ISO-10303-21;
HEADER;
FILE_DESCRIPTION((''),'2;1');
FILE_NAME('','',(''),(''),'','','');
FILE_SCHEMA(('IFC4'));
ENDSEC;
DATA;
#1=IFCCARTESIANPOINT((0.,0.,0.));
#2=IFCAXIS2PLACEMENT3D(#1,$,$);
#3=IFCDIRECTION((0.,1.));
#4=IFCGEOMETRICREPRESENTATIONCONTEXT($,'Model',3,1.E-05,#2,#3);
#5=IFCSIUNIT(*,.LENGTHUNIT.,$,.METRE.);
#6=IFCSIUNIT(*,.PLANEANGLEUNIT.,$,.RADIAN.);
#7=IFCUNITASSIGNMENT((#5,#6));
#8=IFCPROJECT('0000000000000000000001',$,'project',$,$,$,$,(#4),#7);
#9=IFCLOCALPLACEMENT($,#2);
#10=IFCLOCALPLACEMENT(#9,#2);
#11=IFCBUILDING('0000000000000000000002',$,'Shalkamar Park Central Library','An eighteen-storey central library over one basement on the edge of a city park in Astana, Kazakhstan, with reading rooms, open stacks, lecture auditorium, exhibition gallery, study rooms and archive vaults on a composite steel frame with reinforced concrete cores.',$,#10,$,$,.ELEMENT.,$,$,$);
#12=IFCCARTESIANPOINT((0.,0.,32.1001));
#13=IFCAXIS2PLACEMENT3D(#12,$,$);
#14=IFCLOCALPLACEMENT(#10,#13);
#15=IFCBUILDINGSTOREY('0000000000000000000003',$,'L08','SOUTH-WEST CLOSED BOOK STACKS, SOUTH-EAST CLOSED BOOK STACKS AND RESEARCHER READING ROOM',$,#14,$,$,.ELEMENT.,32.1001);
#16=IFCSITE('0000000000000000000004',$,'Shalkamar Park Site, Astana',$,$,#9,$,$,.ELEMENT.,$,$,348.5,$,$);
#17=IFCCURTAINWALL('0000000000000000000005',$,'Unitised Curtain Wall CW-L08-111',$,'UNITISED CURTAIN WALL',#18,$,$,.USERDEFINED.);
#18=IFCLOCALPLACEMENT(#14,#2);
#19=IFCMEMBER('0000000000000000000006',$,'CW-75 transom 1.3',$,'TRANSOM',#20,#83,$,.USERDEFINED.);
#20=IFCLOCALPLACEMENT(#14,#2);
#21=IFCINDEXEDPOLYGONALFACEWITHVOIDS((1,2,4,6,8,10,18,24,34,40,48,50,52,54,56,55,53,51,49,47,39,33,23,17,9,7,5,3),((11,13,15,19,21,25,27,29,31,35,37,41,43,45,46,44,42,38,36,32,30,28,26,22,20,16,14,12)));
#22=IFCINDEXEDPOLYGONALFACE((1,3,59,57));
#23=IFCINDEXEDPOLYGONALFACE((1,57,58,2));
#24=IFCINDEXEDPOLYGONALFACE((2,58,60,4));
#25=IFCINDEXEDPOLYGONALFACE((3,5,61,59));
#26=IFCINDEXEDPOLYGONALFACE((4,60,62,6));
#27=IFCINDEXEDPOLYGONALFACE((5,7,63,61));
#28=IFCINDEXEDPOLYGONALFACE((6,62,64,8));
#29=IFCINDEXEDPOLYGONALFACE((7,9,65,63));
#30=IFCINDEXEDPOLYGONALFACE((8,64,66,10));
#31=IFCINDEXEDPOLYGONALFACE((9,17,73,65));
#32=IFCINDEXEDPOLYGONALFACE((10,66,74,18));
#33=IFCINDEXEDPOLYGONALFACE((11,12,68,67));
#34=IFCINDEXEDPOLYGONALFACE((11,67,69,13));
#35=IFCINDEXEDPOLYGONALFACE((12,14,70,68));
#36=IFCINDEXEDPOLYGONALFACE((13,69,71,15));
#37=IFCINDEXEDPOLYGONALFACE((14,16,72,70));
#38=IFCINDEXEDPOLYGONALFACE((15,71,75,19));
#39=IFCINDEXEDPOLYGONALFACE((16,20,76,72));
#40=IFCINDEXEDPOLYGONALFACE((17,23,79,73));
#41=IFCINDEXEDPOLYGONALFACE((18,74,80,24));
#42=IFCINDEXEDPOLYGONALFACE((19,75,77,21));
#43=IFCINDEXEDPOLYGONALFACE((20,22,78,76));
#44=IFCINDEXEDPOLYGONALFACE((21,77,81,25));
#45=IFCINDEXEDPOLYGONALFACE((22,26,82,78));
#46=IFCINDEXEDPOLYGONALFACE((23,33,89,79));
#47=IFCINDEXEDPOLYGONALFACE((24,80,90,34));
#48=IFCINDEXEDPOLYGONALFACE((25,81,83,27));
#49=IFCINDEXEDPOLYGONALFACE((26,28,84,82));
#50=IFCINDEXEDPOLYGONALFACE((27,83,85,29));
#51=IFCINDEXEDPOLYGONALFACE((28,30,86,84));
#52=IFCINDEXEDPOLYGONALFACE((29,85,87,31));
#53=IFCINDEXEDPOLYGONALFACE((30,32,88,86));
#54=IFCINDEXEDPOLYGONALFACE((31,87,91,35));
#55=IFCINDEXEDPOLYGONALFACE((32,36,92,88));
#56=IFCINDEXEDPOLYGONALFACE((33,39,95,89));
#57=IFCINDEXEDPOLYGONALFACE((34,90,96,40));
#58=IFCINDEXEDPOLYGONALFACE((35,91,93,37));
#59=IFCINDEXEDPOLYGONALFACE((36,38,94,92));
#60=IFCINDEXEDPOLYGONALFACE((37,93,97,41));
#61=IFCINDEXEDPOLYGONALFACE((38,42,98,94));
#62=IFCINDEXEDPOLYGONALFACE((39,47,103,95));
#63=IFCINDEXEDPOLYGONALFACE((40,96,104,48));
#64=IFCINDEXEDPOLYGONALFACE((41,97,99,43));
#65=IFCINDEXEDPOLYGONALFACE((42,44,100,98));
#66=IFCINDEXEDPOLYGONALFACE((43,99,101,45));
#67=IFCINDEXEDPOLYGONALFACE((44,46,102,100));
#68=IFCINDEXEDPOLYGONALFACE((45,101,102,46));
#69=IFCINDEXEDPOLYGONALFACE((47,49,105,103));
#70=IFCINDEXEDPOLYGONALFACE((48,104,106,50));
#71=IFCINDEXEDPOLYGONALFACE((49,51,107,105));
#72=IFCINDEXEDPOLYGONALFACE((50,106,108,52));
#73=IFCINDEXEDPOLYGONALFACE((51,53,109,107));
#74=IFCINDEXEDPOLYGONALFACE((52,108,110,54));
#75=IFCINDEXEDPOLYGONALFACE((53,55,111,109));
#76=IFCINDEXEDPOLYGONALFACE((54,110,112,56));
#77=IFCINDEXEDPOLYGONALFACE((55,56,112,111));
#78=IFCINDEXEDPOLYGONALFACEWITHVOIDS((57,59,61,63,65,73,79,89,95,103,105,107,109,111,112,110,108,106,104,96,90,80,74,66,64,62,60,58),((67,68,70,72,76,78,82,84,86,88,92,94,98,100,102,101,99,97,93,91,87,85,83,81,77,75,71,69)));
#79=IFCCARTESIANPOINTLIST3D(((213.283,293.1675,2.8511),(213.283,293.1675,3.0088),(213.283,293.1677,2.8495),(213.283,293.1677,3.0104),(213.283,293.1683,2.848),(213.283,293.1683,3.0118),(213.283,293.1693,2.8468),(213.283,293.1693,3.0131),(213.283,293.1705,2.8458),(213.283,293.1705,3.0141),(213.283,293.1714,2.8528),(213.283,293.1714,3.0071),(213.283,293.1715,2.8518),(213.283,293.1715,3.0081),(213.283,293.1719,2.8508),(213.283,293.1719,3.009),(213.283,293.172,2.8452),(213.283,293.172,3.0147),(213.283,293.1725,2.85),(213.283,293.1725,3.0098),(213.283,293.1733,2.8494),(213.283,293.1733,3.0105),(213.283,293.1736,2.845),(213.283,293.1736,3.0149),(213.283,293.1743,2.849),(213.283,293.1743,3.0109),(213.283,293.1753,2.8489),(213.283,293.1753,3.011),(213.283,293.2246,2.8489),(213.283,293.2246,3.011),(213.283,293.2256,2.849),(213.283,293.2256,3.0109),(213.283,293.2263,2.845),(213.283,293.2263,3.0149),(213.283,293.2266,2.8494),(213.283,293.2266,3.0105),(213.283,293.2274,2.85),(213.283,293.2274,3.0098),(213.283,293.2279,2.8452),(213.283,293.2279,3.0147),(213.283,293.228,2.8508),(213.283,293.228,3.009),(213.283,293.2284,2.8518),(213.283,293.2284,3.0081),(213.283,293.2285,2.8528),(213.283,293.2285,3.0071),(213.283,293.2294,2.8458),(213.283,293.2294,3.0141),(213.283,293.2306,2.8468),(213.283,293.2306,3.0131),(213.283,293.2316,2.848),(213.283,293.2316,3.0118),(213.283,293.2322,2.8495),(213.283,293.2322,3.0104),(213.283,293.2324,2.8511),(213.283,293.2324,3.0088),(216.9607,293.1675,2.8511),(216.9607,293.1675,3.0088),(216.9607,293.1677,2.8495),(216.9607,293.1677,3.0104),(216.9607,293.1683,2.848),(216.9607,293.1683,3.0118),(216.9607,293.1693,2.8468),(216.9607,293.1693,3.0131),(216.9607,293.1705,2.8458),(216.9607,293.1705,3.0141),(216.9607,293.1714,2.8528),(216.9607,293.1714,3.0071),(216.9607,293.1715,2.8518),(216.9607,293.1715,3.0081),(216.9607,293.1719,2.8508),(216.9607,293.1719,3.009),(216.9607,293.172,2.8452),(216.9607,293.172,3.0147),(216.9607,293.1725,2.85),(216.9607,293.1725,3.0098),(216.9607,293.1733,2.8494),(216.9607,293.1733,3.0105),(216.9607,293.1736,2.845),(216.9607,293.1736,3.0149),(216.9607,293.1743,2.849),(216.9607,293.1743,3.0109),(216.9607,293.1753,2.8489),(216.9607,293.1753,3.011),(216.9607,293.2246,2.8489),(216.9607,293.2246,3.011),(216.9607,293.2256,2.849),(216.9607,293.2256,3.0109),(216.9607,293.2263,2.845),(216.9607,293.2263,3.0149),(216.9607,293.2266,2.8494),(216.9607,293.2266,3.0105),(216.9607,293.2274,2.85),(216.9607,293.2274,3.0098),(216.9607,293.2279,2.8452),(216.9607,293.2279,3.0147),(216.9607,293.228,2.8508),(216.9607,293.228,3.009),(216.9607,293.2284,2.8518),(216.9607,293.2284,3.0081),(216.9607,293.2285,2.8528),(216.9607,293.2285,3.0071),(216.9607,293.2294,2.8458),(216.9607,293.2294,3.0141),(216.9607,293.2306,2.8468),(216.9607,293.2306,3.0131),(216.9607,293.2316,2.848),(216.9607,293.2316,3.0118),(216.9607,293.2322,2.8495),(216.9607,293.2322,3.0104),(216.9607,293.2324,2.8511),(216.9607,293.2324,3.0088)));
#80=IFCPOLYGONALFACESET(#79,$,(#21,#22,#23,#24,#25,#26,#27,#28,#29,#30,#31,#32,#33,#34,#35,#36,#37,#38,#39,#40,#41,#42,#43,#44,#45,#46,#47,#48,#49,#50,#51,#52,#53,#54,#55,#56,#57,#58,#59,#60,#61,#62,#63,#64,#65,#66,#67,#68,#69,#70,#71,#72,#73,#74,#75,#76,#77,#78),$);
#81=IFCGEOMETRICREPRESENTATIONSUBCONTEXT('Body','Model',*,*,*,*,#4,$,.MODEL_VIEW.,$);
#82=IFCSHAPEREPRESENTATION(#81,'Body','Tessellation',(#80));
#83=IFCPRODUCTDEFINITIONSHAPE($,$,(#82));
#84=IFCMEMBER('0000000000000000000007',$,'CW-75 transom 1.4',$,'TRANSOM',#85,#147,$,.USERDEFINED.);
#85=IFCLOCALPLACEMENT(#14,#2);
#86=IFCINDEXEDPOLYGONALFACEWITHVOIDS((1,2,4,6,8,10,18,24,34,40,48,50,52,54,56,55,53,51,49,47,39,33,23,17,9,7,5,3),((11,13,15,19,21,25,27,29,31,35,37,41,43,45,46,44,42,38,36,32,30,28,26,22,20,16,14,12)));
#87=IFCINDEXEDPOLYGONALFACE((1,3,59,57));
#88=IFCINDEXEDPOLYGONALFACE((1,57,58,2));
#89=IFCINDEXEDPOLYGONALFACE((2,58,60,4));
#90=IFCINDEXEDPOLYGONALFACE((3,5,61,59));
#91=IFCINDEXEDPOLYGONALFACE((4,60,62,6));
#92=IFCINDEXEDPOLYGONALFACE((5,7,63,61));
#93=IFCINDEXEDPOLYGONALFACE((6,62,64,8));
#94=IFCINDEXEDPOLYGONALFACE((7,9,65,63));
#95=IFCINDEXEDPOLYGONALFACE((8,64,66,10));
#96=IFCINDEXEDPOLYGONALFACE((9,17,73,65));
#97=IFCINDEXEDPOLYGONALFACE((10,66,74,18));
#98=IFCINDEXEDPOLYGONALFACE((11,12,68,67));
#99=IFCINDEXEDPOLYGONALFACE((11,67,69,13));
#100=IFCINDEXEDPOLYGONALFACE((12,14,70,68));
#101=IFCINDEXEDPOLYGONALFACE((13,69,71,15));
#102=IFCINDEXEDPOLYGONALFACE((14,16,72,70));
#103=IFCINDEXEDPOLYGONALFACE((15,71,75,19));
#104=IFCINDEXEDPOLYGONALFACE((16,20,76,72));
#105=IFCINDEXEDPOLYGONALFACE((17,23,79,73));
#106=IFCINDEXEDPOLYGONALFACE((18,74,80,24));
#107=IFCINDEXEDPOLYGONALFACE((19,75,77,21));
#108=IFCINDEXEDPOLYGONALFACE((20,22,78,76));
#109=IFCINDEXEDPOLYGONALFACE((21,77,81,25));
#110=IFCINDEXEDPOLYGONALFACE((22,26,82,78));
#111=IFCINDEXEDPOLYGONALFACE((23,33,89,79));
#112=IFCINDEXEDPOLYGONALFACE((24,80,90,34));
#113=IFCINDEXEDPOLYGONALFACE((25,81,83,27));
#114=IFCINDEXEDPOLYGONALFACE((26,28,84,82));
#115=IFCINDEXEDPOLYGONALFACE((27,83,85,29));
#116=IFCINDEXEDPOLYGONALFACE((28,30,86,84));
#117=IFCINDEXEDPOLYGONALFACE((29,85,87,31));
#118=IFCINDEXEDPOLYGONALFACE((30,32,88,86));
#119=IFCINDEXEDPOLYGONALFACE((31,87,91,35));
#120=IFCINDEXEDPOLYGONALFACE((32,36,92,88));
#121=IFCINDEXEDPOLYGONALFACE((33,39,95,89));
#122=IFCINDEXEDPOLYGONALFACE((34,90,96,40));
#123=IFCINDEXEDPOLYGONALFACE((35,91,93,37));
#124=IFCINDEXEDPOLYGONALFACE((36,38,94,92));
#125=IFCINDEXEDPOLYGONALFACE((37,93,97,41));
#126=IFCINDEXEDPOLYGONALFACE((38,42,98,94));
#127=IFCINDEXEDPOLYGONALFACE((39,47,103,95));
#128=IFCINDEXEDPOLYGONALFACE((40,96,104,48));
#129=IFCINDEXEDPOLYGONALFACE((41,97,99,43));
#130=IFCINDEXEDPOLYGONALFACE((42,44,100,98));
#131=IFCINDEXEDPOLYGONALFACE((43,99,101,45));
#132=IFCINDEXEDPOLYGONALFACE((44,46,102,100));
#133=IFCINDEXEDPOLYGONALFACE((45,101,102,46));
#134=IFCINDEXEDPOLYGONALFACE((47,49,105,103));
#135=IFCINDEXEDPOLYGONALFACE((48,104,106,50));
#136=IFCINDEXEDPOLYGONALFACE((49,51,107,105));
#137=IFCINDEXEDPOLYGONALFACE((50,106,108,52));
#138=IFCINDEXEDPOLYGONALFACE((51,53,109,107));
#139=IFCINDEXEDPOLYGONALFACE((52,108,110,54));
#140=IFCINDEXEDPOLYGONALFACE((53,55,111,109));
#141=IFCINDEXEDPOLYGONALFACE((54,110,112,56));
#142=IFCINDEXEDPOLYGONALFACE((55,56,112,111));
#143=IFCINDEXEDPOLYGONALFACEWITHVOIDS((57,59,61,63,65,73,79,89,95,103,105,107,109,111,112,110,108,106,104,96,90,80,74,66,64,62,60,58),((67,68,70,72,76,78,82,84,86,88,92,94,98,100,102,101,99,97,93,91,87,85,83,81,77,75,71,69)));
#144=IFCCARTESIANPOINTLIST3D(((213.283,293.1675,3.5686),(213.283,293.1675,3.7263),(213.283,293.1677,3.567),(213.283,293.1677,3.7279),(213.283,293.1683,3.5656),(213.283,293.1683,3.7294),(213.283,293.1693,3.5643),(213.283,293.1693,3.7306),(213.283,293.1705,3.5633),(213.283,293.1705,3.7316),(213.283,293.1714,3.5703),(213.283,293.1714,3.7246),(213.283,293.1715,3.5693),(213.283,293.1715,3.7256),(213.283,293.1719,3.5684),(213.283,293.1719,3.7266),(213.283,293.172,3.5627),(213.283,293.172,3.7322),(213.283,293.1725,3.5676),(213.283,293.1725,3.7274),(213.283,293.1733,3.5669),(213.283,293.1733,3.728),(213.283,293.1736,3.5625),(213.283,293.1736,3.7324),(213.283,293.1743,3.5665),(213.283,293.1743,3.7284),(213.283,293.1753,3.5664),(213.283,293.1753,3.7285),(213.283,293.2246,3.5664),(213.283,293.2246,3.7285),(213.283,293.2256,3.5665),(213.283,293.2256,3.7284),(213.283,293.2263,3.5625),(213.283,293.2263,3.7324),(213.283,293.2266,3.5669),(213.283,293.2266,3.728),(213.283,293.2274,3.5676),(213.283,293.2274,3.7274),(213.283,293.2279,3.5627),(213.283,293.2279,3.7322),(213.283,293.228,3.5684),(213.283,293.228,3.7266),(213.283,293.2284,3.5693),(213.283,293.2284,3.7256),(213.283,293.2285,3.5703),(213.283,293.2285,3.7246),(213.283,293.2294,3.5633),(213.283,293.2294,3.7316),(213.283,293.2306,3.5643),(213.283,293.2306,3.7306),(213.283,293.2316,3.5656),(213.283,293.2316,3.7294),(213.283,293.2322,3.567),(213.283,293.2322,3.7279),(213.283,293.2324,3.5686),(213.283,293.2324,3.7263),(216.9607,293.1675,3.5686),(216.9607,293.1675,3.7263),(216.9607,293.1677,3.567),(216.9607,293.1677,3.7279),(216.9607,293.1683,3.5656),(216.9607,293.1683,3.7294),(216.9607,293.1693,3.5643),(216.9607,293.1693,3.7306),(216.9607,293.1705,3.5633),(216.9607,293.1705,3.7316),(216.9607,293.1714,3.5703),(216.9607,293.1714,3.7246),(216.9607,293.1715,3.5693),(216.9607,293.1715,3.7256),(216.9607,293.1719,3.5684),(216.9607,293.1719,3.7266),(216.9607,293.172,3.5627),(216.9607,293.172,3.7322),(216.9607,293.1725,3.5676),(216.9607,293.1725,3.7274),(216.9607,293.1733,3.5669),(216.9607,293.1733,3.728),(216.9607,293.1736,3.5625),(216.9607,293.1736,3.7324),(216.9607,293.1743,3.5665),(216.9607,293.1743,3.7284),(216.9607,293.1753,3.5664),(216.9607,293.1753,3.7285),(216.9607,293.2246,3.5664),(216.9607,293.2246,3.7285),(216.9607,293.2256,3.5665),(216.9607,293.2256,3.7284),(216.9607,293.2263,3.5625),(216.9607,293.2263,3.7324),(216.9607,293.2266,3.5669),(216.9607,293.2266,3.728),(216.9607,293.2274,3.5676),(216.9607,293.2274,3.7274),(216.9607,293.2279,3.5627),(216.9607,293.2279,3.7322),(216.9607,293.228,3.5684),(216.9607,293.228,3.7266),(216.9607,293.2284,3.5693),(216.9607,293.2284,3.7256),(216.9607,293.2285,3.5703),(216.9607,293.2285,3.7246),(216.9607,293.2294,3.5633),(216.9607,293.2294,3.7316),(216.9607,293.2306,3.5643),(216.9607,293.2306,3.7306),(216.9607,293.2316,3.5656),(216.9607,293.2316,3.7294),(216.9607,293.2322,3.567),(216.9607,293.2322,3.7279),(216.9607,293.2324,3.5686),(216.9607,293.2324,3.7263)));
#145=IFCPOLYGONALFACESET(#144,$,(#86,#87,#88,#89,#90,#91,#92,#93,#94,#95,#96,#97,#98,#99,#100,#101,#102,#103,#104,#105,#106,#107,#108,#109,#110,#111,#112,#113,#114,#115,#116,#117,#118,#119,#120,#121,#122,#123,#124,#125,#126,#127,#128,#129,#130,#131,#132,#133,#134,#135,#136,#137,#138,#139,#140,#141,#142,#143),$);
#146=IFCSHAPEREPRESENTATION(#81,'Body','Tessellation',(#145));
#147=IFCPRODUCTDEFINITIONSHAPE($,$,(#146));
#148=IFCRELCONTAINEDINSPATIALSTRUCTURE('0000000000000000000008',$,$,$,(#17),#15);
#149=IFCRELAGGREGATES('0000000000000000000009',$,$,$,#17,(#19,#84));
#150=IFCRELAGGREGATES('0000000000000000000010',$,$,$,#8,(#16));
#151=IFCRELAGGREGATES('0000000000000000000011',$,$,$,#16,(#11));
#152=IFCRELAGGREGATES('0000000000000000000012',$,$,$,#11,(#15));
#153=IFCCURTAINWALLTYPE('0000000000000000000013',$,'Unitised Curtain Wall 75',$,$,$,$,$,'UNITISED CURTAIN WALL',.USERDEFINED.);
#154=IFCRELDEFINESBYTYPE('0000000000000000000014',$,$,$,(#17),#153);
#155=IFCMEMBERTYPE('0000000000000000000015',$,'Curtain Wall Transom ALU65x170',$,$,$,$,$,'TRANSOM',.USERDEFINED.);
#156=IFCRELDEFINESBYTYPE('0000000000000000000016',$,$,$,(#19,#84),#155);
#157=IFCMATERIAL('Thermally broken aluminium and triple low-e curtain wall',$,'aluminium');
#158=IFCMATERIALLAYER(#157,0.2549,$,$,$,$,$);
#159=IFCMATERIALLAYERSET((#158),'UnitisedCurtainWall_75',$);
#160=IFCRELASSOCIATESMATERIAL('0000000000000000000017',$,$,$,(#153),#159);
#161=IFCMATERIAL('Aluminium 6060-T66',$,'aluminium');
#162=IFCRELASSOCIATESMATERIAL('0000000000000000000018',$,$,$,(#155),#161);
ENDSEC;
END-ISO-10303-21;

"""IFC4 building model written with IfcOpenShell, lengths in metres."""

from ifc_helpers import new_model, si_unit, direction, frame, origin, origin_2d, place, context, subcontext, project, spatial, hollow_rectangle, extrude, material, layer, layer_set, material_profile, profile_set, type_object, element, aggregate, save


model = new_model("IFC4")

# Units and contexts
model_context = context("Model", 3, precision=1e-05, world=origin(), true_north=direction((0.0, 1.0)))
body_context = subcontext(model_context, "Body", "Model", "MODEL_VIEW")
ifc_project = project(units=[si_unit("LENGTHUNIT", "METRE"), si_unit("PLANEANGLEUNIT", "RADIAN")], contexts=[model_context])

# Site, building, storey
site_placement = place(None, origin())
site = spatial("IfcSite", under=ifc_project, at=site_placement, Name="Shalkamar Park Site, Astana", CompositionType="ELEMENT", RefElevation=348.5)
building_placement = place(site_placement, origin())
building = spatial("IfcBuilding", under=site, at=building_placement, Name="Shalkamar Park Central Library", Description="An eighteen-storey central library over one basement on the edge of a city park in Astana, Kazakhstan, with reading rooms, open stacks, lecture auditorium, exhibition gallery, study rooms and archive vaults on a composite steel frame with reinforced concrete cores.", CompositionType="ELEMENT")
storey_placement = place(building_placement, frame((0.0, 0.0, 32.1001)))
storey = spatial("IfcBuildingStorey", under=building, at=storey_placement, Name="L08", Description="SOUTH-WEST CLOSED BOOK STACKS, SOUTH-EAST CLOSED BOOK STACKS AND RESEARCHER READING ROOM", CompositionType="ELEMENT", Elevation=32.1001)

# Shared definitions
ifc_material_1 = material(Name="Thermally broken aluminium and triple low-e curtain wall", Category="aluminium")
ifc_material_2 = material(Name="Aluminium 6060-T66", Category="aluminium")

# Curtain wall
ifc_layer_1 = layer(ifc_material_1, 0.2549)
ifc_layer_set_1 = layer_set([ifc_layer_1], Name="UnitisedCurtainWall_75")
curtain_wall_type_1 = type_object("IfcCurtainWallType", Name="Unitised Curtain Wall 75", ElementType="UNITISED CURTAIN WALL", PredefinedType="USERDEFINED", material=ifc_layer_set_1)
curtain_wall_1_placement = place(storey_placement, origin())
curtain_wall_1 = element("IfcCurtainWall", 1, at=curtain_wall_1_placement, inside=storey, type_object=curtain_wall_type_1, Name="Unitised Curtain Wall CW-L08-111", ObjectType="UNITISED CURTAIN WALL", PredefinedType="USERDEFINED")

# Members
ifc_material_profile_1 = material_profile(ifc_material_2, hollow_rectangle(XDim=0.0649, YDim=0.1699, WallThickness=0.0039, InnerFilletRadius=0.0039, OuterFilletRadius=0.0061, at=origin_2d()), Name="ALU 65x170x4")
ifc_profile_set_1 = profile_set([ifc_material_profile_1], Name="Aluminium 6060-T66")
member_type_1 = type_object("IfcMemberType", Name="Curtain Wall Transom ALU65x170", ElementType="TRANSOM", PredefinedType="USERDEFINED", material=ifc_profile_set_1)
member_1_placement = place(storey_placement, frame((213.283, 293.2, 2.9299), z_axis=(1.0, 0.0, 0.0), x_axis=(0.0, 1.0, 0.0)))
member_1 = element("IfcMember", 2, at=member_1_placement, type_object=member_type_1, Name="CW-75 transom 1.3", ObjectType="TRANSOM", PredefinedType="USERDEFINED", context=body_context, shape_type="SweptSolid", body=[
    extrude(hollow_rectangle(XDim=0.0649, YDim=0.1699, WallThickness=0.0039, InnerFilletRadius=0.0039, OuterFilletRadius=0.0061, at=origin_2d()), origin(), (0.0, 0.0, 1.0), 3.6777),
])
member_2_placement = place(storey_placement, frame((213.283, 293.2, 3.6475), z_axis=(1.0, 0.0, 0.0), x_axis=(0.0, 1.0, 0.0)))
member_2 = element("IfcMember", 3, at=member_2_placement, type_object=member_type_1, Name="CW-75 transom 1.4", ObjectType="TRANSOM", PredefinedType="USERDEFINED", context=body_context, shape_type="SweptSolid", body=[
    extrude(hollow_rectangle(XDim=0.0649, YDim=0.1699, WallThickness=0.0039, InnerFilletRadius=0.0039, OuterFilletRadius=0.0061, at=origin_2d()), origin(), (0.0, 0.0, 1.0), 3.6777),
])

aggregate(curtain_wall_1, [member_1, member_2])

save(model, "model.ifc")
